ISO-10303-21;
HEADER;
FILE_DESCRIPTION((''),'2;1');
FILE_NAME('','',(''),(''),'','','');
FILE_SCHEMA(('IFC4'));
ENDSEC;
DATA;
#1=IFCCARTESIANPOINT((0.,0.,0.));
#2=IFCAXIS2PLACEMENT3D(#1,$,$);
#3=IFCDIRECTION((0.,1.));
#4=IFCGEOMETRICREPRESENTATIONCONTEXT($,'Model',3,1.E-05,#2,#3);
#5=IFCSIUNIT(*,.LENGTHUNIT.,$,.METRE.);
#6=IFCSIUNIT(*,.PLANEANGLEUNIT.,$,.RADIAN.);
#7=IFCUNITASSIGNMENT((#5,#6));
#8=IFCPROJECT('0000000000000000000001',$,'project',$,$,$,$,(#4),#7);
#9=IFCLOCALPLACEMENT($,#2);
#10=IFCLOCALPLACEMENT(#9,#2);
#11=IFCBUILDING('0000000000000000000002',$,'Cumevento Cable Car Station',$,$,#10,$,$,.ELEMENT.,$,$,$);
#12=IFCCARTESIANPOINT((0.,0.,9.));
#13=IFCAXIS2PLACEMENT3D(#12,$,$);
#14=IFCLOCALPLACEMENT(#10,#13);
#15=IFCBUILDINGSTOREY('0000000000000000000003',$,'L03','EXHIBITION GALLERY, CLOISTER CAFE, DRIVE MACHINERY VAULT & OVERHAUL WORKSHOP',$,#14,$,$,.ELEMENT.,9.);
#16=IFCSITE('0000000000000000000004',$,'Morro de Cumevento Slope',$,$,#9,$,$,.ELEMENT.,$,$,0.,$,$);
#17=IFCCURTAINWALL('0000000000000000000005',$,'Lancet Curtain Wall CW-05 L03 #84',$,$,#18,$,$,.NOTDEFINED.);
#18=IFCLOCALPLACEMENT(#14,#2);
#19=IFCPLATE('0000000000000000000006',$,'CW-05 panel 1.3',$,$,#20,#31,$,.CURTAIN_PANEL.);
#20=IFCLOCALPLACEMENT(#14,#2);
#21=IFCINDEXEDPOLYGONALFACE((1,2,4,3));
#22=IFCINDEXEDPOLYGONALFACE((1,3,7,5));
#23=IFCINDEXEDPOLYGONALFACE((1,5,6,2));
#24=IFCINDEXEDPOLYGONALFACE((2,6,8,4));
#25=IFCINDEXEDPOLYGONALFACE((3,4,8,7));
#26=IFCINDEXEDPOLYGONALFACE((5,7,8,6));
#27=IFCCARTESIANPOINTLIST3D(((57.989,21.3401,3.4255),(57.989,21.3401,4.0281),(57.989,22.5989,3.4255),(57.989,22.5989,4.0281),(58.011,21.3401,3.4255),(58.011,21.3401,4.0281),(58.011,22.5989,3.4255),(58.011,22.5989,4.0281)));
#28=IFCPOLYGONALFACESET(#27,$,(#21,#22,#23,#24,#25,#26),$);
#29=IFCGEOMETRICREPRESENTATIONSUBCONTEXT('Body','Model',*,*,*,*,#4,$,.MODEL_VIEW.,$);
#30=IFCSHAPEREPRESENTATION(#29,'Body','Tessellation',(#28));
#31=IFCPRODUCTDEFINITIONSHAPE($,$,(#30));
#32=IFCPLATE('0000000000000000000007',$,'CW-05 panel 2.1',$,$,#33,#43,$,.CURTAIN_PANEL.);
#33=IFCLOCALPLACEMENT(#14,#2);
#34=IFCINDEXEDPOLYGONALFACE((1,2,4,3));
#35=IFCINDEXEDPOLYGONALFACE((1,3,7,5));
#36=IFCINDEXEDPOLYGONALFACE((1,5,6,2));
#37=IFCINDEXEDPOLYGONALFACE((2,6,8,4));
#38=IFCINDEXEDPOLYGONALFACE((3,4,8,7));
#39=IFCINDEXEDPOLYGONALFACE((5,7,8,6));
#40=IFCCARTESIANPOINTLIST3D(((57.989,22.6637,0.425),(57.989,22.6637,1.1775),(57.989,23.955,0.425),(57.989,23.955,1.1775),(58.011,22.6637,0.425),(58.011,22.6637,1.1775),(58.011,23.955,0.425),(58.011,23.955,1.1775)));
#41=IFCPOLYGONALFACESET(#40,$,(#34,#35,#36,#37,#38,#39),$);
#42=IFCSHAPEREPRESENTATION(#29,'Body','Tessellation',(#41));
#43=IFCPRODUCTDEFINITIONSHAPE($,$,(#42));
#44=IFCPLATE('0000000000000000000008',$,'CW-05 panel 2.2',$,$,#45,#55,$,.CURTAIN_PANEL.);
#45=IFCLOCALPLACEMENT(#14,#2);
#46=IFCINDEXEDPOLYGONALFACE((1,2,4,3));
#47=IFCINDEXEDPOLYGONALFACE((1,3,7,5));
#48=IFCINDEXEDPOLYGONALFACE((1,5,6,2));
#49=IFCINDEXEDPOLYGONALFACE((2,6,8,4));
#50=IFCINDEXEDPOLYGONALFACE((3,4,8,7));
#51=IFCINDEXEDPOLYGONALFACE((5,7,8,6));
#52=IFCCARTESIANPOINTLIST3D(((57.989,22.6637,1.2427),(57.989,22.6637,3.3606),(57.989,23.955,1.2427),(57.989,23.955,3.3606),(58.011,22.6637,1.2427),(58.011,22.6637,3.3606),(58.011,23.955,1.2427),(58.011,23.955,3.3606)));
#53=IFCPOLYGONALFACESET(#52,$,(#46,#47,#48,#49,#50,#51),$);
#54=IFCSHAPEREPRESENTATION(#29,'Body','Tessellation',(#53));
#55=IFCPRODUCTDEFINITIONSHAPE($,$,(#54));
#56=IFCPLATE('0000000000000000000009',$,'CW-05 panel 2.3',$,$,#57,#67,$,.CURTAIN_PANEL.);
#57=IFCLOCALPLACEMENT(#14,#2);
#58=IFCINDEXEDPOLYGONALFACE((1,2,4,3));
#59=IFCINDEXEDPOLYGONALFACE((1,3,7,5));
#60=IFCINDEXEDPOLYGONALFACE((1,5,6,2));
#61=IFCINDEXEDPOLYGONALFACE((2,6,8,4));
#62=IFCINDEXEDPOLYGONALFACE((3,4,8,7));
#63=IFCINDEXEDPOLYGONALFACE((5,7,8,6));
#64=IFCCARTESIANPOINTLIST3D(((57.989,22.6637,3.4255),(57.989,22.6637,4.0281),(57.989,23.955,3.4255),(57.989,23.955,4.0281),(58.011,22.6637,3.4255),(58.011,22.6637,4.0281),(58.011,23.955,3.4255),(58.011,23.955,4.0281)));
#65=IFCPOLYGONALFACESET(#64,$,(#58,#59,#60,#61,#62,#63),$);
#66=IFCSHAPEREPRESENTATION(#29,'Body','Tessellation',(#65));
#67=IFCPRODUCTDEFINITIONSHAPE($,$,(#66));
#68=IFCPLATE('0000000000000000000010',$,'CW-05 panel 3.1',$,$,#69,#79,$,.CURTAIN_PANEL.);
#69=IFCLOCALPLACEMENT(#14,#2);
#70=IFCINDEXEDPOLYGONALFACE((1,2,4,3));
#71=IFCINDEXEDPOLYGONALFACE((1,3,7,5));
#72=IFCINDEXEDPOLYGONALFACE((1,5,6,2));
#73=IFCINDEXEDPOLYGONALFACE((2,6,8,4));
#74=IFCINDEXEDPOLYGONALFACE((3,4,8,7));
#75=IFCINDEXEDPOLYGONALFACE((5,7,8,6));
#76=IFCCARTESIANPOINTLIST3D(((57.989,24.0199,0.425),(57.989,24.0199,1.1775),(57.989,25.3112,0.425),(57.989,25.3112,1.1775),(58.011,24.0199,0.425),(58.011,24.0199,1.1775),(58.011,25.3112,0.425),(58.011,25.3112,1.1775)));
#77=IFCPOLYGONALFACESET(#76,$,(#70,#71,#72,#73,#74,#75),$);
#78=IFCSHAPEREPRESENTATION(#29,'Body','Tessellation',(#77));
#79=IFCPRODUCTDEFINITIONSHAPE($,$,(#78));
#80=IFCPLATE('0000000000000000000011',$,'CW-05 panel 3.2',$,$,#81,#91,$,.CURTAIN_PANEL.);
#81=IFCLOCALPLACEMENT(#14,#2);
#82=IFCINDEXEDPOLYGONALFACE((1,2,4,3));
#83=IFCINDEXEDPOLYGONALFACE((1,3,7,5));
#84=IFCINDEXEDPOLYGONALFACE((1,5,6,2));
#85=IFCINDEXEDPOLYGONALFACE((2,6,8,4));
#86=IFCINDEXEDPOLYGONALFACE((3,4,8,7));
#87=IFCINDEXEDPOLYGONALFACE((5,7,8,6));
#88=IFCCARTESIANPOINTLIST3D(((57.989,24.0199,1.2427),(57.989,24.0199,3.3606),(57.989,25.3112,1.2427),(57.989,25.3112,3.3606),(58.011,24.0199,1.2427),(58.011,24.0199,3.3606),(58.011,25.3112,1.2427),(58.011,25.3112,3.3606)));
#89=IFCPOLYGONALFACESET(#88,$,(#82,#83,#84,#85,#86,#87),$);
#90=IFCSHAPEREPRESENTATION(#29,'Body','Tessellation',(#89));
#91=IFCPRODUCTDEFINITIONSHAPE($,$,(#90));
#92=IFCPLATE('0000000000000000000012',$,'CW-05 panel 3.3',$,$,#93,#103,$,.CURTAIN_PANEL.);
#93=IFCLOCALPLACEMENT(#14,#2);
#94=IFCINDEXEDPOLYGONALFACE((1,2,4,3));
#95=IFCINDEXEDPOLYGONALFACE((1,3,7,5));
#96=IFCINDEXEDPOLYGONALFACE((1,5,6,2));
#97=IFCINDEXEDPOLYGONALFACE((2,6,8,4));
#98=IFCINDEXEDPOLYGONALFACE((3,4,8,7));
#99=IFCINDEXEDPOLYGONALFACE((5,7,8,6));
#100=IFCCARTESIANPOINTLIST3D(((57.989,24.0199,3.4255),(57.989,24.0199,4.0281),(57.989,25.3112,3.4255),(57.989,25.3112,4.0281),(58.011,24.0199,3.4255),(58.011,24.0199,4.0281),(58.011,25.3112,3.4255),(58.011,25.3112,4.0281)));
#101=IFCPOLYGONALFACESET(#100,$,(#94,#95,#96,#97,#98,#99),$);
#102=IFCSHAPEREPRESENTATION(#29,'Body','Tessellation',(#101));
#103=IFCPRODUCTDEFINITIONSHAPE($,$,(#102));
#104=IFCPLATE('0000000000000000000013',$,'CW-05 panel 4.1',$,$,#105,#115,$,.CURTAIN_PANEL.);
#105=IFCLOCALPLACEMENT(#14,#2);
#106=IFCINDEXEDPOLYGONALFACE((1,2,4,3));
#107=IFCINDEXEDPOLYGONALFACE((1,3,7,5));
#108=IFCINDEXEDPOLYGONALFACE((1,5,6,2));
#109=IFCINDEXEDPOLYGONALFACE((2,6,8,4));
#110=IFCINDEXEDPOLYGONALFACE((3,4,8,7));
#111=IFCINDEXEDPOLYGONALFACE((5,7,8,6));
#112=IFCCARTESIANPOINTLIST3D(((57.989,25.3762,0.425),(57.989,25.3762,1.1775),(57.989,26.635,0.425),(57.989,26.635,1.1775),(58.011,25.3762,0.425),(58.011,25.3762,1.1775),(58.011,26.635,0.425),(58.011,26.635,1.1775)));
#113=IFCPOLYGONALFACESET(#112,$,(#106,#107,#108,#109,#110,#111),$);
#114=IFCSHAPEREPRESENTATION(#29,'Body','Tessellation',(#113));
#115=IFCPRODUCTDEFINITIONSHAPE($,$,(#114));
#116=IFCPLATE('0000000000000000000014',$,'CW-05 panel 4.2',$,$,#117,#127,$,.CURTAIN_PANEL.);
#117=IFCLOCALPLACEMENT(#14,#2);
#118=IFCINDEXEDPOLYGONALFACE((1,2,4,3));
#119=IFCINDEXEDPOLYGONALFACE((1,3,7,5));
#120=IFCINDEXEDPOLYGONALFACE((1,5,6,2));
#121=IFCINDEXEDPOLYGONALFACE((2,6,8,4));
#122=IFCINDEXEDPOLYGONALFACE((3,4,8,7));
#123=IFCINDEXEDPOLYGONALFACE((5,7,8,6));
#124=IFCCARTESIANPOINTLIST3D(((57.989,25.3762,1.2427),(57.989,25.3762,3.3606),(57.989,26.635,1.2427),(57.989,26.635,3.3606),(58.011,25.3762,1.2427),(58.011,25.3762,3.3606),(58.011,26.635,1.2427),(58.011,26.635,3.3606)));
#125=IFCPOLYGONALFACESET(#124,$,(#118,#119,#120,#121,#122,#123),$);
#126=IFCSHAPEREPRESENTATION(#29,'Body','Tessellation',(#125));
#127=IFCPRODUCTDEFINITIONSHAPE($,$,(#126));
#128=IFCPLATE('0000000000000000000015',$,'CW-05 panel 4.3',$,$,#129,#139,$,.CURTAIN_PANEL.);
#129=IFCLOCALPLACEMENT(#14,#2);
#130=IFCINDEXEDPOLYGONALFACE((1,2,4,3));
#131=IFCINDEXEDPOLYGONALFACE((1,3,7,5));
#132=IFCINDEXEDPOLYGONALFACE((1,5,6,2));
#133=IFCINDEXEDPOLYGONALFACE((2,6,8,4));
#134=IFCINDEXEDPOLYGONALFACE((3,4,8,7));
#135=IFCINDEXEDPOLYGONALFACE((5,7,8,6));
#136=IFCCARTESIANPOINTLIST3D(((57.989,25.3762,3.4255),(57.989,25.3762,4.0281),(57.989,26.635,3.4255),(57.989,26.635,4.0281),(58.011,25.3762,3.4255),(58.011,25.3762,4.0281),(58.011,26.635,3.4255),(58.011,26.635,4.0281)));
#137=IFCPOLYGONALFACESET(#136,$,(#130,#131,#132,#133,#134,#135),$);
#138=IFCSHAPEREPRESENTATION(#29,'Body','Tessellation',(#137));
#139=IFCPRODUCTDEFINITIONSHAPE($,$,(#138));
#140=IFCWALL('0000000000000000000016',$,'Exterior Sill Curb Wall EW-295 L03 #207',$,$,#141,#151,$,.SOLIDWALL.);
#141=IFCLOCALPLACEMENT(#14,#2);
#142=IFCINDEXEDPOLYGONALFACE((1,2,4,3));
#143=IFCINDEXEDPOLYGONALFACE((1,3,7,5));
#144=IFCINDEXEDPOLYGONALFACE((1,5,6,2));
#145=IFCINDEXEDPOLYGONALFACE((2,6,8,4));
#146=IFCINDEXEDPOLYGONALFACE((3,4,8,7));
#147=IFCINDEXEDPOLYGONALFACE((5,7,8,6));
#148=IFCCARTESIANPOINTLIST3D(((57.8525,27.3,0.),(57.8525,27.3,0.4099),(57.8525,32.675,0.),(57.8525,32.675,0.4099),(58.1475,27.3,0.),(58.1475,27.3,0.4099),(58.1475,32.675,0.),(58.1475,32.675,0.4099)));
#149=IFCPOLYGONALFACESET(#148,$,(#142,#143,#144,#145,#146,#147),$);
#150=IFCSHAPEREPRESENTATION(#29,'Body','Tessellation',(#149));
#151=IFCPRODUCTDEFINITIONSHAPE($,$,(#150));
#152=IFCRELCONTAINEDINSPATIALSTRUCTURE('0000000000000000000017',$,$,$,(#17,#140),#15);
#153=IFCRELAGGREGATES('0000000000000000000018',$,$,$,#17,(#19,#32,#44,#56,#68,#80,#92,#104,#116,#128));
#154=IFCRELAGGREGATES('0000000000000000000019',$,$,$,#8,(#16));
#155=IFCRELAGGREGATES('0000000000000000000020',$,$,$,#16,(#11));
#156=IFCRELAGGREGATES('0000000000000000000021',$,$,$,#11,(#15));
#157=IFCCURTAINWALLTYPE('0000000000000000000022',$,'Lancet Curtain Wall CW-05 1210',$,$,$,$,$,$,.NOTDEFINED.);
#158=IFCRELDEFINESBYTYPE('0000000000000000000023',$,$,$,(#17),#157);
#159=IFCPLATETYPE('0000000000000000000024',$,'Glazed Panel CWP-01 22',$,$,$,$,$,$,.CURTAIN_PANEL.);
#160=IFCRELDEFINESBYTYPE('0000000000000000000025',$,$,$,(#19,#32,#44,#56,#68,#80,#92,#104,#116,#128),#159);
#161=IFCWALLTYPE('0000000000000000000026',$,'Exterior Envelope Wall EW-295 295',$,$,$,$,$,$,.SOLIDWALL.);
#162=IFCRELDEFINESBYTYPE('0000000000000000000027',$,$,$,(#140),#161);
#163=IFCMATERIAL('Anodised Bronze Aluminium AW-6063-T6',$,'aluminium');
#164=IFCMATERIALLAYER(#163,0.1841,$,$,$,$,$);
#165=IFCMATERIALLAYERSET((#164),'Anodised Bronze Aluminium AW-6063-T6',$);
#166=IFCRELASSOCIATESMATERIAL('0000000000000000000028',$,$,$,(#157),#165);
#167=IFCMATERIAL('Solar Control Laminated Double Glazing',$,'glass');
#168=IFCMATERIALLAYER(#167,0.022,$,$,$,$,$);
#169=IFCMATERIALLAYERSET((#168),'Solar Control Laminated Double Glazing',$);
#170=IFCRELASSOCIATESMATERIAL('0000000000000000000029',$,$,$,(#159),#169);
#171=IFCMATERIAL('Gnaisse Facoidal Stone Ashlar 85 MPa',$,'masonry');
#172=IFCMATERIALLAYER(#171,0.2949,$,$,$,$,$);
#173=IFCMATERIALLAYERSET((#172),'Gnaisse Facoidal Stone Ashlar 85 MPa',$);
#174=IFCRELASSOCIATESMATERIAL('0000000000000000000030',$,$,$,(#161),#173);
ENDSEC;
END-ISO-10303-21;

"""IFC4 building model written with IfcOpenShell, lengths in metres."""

from ifc_helpers import new_model, si_unit, direction, frame, frame_2d, origin, origin_2d, place, context, subcontext, project, spatial, rectangle, extrude, material, layer, layer_set, type_object, element, aggregate, save


model = new_model("IFC4")

# Units and contexts
model_context = context("Model", 3, precision=1e-05, world=origin(), true_north=direction((0.0, 1.0)))
body_context = subcontext(model_context, "Body", "Model", "MODEL_VIEW")
ifc_project = project(units=[si_unit("LENGTHUNIT", "METRE"), si_unit("PLANEANGLEUNIT", "RADIAN")], contexts=[model_context])

# Site, building, storey
site_placement = place(None, origin())
site = spatial("IfcSite", under=ifc_project, at=site_placement, Name="Morro de Cumevento Slope", CompositionType="ELEMENT", RefElevation=0.0)
building_placement = place(site_placement, origin())
building = spatial("IfcBuilding", under=site, at=building_placement, Name="Cumevento Cable Car Station", CompositionType="ELEMENT")
storey_placement = place(building_placement, frame((0.0, 0.0, 9.0)))
storey = spatial("IfcBuildingStorey", under=building, at=storey_placement, Name="L03", Description="EXHIBITION GALLERY, CLOISTER CAFE, DRIVE MACHINERY VAULT & OVERHAUL WORKSHOP", CompositionType="ELEMENT", Elevation=9.0)

# Curtain wall
ifc_material_1 = material(Name="Anodised Bronze Aluminium AW-6063-T6", Category="aluminium")
ifc_layer_1 = layer(ifc_material_1, 0.1841)
ifc_layer_set_1 = layer_set([ifc_layer_1], Name="Anodised Bronze Aluminium AW-6063-T6")
curtain_wall_type = type_object("IfcCurtainWallType", Name="Lancet Curtain Wall CW-05 1210", PredefinedType="NOTDEFINED", material=ifc_layer_set_1)
curtain_wall_placement = place(storey_placement, origin())
curtain_wall = element("IfcCurtainWall", 1, at=curtain_wall_placement, inside=storey, type_object=curtain_wall_type, Name="Lancet Curtain Wall CW-05 L03 #84", PredefinedType="NOTDEFINED")

# Plates
ifc_material_2 = material(Name="Solar Control Laminated Double Glazing", Category="glass")
ifc_layer_2 = layer(ifc_material_2, 0.022)
ifc_layer_set_2 = layer_set([ifc_layer_2], Name="Solar Control Laminated Double Glazing")
plate_type = type_object("IfcPlateType", Name="Glazed Panel CWP-01 22", PredefinedType="CURTAIN_PANEL", material=ifc_layer_set_2)
plate_1_placement = place(storey_placement, frame((58.0, 21.9695, 3.4255), z_axis=(0.0, 0.0, 1.0), x_axis=(0.0, 1.0, 0.0)))
plate_1 = element("IfcPlate", 2, at=plate_1_placement, type_object=plate_type, Name="CW-05 panel 1.3", PredefinedType="CURTAIN_PANEL", context=body_context, shape_type="SweptSolid", body=[
    extrude(rectangle(XDim=1.2588, YDim=0.022, at=origin_2d()), origin(), (0.0, 0.0, 1.0), 0.6025),
])
plate_2_placement = place(storey_placement, frame((58.0, 23.3093, 0.425), z_axis=(0.0, 0.0, 1.0), x_axis=(0.0, 1.0, 0.0)))
plate_2 = element("IfcPlate", 3, at=plate_2_placement, type_object=plate_type, Name="CW-05 panel 2.1", PredefinedType="CURTAIN_PANEL", context=body_context, shape_type="SweptSolid", body=[
    extrude(rectangle(XDim=1.2913, YDim=0.022, at=origin_2d()), origin(), (0.0, 0.0, 1.0), 0.7524),
])
plate_3_placement = place(storey_placement, frame((58.0, 23.3093, 1.2427), z_axis=(0.0, 0.0, 1.0), x_axis=(0.0, 1.0, 0.0)))
plate_3 = element("IfcPlate", 4, at=plate_3_placement, type_object=plate_type, Name="CW-05 panel 2.2", PredefinedType="CURTAIN_PANEL", context=body_context, shape_type="SweptSolid", body=[
    extrude(rectangle(XDim=1.2913, YDim=0.022, at=origin_2d()), origin(), (0.0, 0.0, 1.0), 2.1179),
])
plate_4_placement = place(storey_placement, frame((58.0, 23.3093, 3.4255), z_axis=(0.0, 0.0, 1.0), x_axis=(0.0, 1.0, 0.0)))
plate_4 = element("IfcPlate", 5, at=plate_4_placement, type_object=plate_type, Name="CW-05 panel 2.3", PredefinedType="CURTAIN_PANEL", context=body_context, shape_type="SweptSolid", body=[
    extrude(rectangle(XDim=1.2913, YDim=0.022, at=origin_2d()), origin(), (0.0, 0.0, 1.0), 0.6025),
])
plate_5_placement = place(storey_placement, frame((58.0, 24.6655, 0.425), z_axis=(0.0, 0.0, 1.0), x_axis=(0.0, 1.0, 0.0)))
plate_5 = element("IfcPlate", 6, at=plate_5_placement, type_object=plate_type, Name="CW-05 panel 3.1", PredefinedType="CURTAIN_PANEL", context=body_context, shape_type="SweptSolid", body=[
    extrude(rectangle(XDim=1.2913, YDim=0.022, at=origin_2d()), origin(), (0.0, 0.0, 1.0), 0.7524),
])
plate_6_placement = place(storey_placement, frame((58.0, 24.6655, 1.2427), z_axis=(0.0, 0.0, 1.0), x_axis=(0.0, 1.0, 0.0)))
plate_6 = element("IfcPlate", 7, at=plate_6_placement, type_object=plate_type, Name="CW-05 panel 3.2", PredefinedType="CURTAIN_PANEL", context=body_context, shape_type="SweptSolid", body=[
    extrude(rectangle(XDim=1.2913, YDim=0.022, at=origin_2d()), origin(), (0.0, 0.0, 1.0), 2.1179),
])
plate_7_placement = place(storey_placement, frame((58.0, 24.6655, 3.4255), z_axis=(0.0, 0.0, 1.0), x_axis=(0.0, 1.0, 0.0)))
plate_7 = element("IfcPlate", 8, at=plate_7_placement, type_object=plate_type, Name="CW-05 panel 3.3", PredefinedType="CURTAIN_PANEL", context=body_context, shape_type="SweptSolid", body=[
    extrude(rectangle(XDim=1.2913, YDim=0.022, at=origin_2d()), origin(), (0.0, 0.0, 1.0), 0.6025),
])
plate_8_placement = place(storey_placement, frame((58.0, 26.0056, 0.425), z_axis=(0.0, 0.0, 1.0), x_axis=(0.0, 1.0, 0.0)))
plate_8 = element("IfcPlate", 9, at=plate_8_placement, type_object=plate_type, Name="CW-05 panel 4.1", PredefinedType="CURTAIN_PANEL", context=body_context, shape_type="SweptSolid", body=[
    extrude(rectangle(XDim=1.2588, YDim=0.022, at=origin_2d()), origin(), (0.0, 0.0, 1.0), 0.7524),
])
plate_9_placement = place(storey_placement, frame((58.0, 26.0056, 1.2427), z_axis=(0.0, 0.0, 1.0), x_axis=(0.0, 1.0, 0.0)))
plate_9 = element("IfcPlate", 10, at=plate_9_placement, type_object=plate_type, Name="CW-05 panel 4.2", PredefinedType="CURTAIN_PANEL", context=body_context, shape_type="SweptSolid", body=[
    extrude(rectangle(XDim=1.2588, YDim=0.022, at=origin_2d()), origin(), (0.0, 0.0, 1.0), 2.1179),
])
plate_10_placement = place(storey_placement, frame((58.0, 26.0056, 3.4255), z_axis=(0.0, 0.0, 1.0), x_axis=(0.0, 1.0, 0.0)))
plate_10 = element("IfcPlate", 11, at=plate_10_placement, type_object=plate_type, Name="CW-05 panel 4.3", PredefinedType="CURTAIN_PANEL", context=body_context, shape_type="SweptSolid", body=[
    extrude(rectangle(XDim=1.2588, YDim=0.022, at=origin_2d()), origin(), (0.0, 0.0, 1.0), 0.6025),
])
aggregate(curtain_wall, [plate_1, plate_2, plate_3, plate_4, plate_5, plate_6, plate_7, plate_8, plate_9, plate_10])

# Wall
ifc_material_3 = material(Name="Gnaisse Facoidal Stone Ashlar 85 MPa", Category="masonry")
ifc_layer_3 = layer(ifc_material_3, 0.2949)
ifc_layer_set_3 = layer_set([ifc_layer_3], Name="Gnaisse Facoidal Stone Ashlar 85 MPa")
wall_type = type_object("IfcWallType", Name="Exterior Envelope Wall EW-295 295", PredefinedType="SOLIDWALL", material=ifc_layer_set_3)
wall_placement = place(storey_placement, frame((58.0, 27.3, 0.0), z_axis=(0.0, 0.0, 1.0), x_axis=(0.0, 1.0, 0.0)))
element("IfcWall", 12, at=wall_placement, inside=storey, type_object=wall_type, Name="Exterior Sill Curb Wall EW-295 L03 #207", PredefinedType="SOLIDWALL", context=body_context, shape_type="SweptSolid", body=[
    extrude(rectangle(XDim=5.375, YDim=0.2949, at=frame_2d((2.6875, 0.0))), origin(), (0.0, 0.0, 1.0), 0.4099),
])

save(model, "model.ifc")
